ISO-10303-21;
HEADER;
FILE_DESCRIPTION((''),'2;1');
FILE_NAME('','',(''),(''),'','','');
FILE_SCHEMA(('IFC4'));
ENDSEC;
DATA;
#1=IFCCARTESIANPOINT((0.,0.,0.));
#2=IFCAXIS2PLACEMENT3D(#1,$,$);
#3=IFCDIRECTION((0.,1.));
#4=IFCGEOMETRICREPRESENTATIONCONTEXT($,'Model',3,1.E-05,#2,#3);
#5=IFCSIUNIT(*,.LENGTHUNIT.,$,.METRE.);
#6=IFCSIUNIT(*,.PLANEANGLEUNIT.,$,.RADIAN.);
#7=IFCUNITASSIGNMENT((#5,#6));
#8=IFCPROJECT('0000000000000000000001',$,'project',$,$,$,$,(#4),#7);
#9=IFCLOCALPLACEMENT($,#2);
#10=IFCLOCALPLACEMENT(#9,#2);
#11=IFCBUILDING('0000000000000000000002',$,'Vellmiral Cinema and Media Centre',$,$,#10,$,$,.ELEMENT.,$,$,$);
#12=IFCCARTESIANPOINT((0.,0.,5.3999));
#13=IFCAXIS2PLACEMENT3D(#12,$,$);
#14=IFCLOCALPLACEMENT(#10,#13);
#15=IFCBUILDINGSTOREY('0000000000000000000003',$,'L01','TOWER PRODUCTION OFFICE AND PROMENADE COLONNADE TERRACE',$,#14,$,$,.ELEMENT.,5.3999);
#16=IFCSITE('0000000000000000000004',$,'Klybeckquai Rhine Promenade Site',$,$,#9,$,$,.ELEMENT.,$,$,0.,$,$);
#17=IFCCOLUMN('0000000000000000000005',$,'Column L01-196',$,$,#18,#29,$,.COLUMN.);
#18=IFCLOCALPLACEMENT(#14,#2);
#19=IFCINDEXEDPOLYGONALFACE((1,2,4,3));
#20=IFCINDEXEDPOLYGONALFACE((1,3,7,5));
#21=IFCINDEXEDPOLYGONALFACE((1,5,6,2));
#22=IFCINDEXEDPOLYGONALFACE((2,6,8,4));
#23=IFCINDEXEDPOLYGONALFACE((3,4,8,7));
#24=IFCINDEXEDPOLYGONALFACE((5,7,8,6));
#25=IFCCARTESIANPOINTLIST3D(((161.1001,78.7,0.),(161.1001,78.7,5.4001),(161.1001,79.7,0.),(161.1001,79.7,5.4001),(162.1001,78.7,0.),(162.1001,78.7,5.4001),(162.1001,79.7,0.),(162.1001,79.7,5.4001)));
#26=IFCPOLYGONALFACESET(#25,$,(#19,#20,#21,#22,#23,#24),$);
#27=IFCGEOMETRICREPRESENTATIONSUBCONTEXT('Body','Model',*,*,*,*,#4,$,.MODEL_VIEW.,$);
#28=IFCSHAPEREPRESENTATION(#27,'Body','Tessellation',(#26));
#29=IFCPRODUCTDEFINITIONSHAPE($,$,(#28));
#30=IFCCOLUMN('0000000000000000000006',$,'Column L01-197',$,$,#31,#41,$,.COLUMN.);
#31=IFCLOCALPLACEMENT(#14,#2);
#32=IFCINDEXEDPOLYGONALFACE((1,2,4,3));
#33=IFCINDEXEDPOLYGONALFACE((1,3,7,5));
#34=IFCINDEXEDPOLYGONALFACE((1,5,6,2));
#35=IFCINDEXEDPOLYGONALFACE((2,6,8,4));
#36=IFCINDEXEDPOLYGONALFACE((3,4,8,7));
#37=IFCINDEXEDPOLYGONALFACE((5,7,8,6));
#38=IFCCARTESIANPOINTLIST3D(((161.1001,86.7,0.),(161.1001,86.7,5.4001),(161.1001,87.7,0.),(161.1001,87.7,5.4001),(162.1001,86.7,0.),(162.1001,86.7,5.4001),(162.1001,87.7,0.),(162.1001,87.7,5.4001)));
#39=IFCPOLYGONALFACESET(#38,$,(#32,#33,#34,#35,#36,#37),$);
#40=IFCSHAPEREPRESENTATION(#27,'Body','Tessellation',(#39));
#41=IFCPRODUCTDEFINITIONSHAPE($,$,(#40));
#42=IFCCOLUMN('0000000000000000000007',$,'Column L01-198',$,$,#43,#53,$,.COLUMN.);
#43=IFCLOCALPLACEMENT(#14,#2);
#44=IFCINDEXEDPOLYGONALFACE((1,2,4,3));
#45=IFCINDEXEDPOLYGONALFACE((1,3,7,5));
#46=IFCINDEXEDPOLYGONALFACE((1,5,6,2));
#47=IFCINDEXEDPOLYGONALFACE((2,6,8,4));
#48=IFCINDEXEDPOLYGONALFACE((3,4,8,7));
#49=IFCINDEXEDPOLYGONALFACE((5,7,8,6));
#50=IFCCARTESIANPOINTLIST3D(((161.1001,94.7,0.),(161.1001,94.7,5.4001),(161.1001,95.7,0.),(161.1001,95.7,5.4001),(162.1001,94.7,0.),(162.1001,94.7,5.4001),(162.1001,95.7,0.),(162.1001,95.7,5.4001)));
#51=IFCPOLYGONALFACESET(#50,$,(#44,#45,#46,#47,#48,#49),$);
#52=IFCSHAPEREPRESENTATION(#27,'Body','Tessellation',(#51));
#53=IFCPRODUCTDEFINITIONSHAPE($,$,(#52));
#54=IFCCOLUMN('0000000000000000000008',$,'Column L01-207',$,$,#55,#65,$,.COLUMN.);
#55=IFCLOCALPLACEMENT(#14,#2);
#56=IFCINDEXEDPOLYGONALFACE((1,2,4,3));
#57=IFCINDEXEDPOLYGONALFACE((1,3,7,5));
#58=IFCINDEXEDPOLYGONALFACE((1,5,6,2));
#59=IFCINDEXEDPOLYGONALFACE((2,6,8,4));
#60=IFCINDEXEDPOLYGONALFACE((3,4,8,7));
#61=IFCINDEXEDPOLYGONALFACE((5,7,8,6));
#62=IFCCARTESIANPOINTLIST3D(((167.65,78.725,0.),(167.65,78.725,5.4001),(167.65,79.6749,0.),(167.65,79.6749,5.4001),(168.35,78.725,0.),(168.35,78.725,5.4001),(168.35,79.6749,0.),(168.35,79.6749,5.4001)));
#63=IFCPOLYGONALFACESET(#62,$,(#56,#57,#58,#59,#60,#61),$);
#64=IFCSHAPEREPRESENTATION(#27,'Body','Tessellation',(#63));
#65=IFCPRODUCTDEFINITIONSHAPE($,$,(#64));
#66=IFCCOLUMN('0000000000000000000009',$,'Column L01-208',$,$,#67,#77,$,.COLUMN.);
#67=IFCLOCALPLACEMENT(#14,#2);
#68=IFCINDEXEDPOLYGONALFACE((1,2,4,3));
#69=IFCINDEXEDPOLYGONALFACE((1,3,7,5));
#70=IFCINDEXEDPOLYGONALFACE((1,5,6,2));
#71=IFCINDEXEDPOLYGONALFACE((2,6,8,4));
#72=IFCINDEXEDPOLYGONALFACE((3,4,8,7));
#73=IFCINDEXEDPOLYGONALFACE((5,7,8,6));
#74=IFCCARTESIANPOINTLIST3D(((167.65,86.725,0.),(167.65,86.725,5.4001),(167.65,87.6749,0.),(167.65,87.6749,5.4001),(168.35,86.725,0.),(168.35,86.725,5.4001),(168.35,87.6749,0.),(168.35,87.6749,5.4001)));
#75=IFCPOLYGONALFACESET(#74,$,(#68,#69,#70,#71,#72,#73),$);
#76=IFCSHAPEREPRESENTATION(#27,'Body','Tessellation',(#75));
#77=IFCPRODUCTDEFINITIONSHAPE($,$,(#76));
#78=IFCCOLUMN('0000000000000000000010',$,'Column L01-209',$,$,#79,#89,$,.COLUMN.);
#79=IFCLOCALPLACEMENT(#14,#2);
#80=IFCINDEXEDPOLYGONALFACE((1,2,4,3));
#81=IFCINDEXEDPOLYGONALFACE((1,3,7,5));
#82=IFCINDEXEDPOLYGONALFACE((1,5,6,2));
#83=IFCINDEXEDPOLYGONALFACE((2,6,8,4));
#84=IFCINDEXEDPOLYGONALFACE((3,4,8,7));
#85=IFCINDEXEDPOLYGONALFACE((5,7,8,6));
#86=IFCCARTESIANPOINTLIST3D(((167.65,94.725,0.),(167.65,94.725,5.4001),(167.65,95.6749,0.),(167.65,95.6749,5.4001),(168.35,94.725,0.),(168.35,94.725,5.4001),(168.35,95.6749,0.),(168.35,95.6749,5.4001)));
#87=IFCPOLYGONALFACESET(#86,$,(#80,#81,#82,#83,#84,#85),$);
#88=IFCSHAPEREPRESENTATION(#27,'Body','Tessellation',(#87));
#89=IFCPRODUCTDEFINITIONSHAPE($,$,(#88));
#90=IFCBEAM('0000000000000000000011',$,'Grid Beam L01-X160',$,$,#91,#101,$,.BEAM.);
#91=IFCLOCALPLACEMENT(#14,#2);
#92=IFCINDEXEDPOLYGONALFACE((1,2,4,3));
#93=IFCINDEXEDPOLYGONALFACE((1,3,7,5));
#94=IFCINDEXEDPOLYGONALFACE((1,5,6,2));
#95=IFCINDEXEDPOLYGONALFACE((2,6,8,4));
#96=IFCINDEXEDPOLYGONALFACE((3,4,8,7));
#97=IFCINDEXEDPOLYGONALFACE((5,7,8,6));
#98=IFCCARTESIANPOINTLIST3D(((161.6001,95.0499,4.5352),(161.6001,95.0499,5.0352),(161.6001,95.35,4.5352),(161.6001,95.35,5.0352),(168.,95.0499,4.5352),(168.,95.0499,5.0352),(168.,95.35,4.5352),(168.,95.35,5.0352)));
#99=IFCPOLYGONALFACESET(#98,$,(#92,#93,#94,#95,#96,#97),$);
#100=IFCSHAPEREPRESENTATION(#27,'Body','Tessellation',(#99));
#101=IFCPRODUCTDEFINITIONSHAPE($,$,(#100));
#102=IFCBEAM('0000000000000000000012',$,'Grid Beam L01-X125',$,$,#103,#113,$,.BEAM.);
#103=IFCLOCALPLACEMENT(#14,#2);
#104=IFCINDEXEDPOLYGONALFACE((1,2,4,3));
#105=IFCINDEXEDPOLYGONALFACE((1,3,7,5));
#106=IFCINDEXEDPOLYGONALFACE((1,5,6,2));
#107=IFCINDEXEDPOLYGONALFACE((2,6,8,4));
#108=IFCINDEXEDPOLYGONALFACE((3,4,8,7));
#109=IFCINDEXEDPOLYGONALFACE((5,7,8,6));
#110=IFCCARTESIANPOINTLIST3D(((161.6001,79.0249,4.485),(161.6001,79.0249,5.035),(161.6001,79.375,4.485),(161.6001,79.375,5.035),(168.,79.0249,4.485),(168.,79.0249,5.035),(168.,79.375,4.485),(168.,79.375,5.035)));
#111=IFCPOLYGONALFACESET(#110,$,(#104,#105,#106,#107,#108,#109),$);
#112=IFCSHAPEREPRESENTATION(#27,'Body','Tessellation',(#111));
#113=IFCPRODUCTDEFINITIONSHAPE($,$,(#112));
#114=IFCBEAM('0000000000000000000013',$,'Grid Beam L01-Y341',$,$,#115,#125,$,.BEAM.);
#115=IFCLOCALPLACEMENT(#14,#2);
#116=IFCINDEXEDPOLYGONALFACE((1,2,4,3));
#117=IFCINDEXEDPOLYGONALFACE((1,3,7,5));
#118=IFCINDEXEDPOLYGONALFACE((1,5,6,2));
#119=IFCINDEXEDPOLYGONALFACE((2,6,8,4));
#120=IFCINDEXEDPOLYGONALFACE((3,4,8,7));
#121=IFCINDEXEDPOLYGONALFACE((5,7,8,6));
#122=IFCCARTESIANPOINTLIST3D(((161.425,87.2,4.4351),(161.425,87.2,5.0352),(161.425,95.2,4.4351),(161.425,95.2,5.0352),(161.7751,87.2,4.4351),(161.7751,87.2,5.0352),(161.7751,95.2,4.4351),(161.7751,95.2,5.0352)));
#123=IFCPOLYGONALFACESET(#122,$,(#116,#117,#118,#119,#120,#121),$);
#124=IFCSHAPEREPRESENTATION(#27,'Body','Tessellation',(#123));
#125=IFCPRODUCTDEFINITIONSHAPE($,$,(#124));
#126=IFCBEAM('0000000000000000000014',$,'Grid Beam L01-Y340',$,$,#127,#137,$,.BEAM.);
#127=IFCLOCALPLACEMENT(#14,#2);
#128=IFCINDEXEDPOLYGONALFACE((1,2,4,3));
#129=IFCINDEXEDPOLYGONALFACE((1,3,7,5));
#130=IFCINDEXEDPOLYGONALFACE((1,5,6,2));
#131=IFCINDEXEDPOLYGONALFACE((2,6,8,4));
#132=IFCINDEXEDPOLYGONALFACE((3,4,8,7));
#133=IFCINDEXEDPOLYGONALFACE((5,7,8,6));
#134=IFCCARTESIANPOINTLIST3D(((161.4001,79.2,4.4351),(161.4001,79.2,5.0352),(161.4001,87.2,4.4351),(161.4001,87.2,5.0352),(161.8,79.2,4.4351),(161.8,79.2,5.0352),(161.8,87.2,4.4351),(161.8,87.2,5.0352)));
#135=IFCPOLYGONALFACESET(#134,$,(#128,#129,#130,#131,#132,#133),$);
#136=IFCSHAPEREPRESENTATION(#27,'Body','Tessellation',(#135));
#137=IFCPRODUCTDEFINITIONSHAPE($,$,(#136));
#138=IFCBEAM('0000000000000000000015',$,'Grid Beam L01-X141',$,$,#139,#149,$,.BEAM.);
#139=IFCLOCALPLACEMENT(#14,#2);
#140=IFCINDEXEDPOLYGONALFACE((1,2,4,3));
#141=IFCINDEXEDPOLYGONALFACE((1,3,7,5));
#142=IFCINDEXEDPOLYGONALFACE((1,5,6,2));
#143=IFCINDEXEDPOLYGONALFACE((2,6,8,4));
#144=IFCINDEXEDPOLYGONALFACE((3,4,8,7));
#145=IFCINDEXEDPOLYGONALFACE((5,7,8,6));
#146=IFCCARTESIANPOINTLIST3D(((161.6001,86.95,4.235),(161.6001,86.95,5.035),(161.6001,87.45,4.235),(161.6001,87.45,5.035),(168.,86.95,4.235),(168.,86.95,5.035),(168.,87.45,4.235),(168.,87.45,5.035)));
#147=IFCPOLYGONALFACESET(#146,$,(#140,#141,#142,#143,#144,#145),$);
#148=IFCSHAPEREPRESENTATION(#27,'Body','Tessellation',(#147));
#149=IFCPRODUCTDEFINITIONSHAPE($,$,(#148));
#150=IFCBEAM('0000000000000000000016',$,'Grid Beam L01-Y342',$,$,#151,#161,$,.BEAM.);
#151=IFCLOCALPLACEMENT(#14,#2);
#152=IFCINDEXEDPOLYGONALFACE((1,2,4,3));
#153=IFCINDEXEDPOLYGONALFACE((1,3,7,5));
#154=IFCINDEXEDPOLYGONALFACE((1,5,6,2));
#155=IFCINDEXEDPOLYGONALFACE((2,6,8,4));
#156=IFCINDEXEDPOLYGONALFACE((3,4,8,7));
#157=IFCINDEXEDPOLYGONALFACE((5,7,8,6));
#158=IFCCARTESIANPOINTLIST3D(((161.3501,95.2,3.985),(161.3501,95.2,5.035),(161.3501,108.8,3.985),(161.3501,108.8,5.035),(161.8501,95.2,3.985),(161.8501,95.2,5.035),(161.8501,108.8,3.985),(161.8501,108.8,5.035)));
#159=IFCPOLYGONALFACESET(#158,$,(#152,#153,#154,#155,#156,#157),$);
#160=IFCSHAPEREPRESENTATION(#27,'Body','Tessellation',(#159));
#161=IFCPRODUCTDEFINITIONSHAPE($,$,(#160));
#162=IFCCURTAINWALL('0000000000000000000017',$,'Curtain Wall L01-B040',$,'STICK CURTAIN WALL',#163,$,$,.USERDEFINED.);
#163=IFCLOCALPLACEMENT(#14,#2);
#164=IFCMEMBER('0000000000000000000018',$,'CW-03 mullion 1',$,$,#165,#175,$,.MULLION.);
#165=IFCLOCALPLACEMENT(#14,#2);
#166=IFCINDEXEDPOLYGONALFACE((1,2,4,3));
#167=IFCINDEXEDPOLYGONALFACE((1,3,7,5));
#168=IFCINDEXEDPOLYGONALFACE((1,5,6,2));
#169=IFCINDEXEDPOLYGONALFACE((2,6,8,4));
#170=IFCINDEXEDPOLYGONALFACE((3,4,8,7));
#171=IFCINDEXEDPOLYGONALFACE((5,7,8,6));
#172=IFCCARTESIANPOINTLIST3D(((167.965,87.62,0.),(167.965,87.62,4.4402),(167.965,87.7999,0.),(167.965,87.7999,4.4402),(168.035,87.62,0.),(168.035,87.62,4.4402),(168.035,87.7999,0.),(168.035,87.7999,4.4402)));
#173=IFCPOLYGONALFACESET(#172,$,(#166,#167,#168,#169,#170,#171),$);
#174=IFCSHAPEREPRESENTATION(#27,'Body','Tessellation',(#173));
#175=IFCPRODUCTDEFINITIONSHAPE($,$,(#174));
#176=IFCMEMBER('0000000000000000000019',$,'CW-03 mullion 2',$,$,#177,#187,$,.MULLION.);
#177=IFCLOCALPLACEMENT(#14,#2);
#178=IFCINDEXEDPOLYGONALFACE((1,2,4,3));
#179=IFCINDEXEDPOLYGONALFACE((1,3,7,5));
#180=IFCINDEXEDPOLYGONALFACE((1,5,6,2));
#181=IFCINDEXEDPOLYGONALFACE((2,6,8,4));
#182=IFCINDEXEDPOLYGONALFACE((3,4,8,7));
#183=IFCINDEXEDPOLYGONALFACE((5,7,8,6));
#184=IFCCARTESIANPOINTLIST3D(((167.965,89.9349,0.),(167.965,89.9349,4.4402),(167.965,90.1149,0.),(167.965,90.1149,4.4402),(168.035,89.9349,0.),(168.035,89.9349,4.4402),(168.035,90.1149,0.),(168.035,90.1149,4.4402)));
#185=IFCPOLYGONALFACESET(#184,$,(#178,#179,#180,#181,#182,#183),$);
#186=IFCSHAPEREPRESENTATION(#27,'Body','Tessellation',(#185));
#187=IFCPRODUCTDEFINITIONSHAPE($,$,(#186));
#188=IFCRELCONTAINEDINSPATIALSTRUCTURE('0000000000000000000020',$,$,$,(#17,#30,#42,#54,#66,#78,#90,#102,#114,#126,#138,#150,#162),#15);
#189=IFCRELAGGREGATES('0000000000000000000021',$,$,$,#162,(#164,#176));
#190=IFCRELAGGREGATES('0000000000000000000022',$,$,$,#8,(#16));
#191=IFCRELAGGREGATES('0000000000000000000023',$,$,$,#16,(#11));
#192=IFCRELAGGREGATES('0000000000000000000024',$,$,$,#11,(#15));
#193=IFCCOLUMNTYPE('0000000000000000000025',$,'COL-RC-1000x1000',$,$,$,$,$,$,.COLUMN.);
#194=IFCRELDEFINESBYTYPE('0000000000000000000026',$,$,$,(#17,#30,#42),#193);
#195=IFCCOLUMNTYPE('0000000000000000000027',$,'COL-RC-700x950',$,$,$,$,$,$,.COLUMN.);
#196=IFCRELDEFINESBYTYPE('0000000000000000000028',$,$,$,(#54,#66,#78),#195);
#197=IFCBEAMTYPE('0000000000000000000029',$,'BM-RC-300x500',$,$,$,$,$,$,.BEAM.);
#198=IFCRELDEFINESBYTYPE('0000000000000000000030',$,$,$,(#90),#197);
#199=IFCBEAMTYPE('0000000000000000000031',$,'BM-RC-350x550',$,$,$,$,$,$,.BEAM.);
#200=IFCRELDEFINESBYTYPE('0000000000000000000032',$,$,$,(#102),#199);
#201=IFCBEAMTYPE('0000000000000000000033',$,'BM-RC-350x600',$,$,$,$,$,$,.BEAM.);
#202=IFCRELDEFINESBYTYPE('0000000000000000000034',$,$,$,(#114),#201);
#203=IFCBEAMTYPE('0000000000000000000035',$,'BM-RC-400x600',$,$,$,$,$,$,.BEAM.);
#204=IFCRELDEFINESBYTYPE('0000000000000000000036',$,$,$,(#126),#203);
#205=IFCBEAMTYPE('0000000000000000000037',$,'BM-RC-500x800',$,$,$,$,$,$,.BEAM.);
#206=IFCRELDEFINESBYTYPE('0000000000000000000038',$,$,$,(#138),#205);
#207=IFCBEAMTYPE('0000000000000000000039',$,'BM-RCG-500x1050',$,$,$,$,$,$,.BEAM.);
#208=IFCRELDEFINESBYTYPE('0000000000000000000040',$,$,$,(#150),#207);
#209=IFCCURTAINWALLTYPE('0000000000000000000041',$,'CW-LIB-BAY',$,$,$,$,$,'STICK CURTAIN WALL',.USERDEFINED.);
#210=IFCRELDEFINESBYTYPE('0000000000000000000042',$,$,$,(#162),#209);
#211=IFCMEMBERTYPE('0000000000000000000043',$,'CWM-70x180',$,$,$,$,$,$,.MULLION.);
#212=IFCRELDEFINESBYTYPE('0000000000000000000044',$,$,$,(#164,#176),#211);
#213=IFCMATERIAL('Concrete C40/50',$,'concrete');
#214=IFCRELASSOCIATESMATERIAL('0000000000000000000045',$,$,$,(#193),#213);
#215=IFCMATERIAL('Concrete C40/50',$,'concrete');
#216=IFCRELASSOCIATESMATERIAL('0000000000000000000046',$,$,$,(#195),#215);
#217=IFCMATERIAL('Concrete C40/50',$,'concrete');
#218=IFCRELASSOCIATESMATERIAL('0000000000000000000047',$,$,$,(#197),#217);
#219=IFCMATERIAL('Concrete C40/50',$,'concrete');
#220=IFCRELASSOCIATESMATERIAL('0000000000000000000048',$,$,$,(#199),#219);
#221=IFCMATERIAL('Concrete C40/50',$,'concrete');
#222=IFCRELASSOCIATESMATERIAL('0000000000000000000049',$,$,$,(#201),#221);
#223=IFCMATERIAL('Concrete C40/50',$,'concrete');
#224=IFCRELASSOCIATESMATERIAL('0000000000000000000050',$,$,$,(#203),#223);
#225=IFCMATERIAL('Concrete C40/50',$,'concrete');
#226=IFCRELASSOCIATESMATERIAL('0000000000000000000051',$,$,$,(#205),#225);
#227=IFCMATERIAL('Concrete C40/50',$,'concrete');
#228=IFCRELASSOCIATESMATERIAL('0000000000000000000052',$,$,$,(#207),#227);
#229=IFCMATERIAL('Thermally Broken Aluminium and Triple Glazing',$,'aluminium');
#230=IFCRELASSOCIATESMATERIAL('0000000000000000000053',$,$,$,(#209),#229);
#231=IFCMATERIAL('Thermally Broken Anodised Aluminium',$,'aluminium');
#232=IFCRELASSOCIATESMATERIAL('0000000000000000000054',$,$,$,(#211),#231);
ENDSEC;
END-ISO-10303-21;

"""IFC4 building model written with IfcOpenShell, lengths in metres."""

from ifc_helpers import new_model, si_unit, direction, frame, origin, origin_2d, place, context, subcontext, project, spatial, rectangle, extrude, material, material_profile, profile_set, type_object, element, aggregate, save


model = new_model("IFC4")

# Units and contexts
model_context = context("Model", 3, precision=1e-05, world=origin(), true_north=direction((0.0, 1.0)))
body_context = subcontext(model_context, "Body", "Model", "MODEL_VIEW")
ifc_project = project(units=[si_unit("LENGTHUNIT", "METRE"), si_unit("PLANEANGLEUNIT", "RADIAN")], contexts=[model_context])

# Site, building, storey
site_placement = place(None, origin())
site = spatial("IfcSite", under=ifc_project, at=site_placement, Name="Klybeckquai Rhine Promenade Site", CompositionType="ELEMENT", RefElevation=0.0)
building_placement = place(site_placement, origin())
building = spatial("IfcBuilding", under=site, at=building_placement, Name="Vellmiral Cinema and Media Centre", CompositionType="ELEMENT")
storey_placement = place(building_placement, frame((0.0, 0.0, 5.3999)))
storey = spatial("IfcBuildingStorey", under=building, at=storey_placement, Name="L01", Description="TOWER PRODUCTION OFFICE AND PROMENADE COLONNADE TERRACE", CompositionType="ELEMENT", Elevation=5.3999)

# Columns
ifc_material_1 = material(Name="Concrete C40/50", Category="concrete")
ifc_material_profile_1 = material_profile(ifc_material_1, rectangle(XDim=1.0, YDim=1.0, at=origin_2d()), Name="RC 1000x1000")
ifc_profile_set_1 = profile_set([ifc_material_profile_1], Name="Concrete C40/50")
column_type_1 = type_object("IfcColumnType", Name="COL-RC-1000x1000", PredefinedType="COLUMN", material=ifc_profile_set_1)
for number, where, z_axis, x_axis, name in (
    (1, (161.6001, 79.2, 0.0), (0.0, 0.0, 1.0), (1.0, 0.0, 0.0), "Column L01-196"),
    (2, (161.6001, 87.2, 0.0), (0.0, 0.0, 1.0), (1.0, 0.0, 0.0), "Column L01-197"),
    (3, (161.6001, 95.2, 0.0), (0.0, 0.0, 1.0), (1.0, 0.0, 0.0), "Column L01-198"),
):
    element("IfcColumn", number, at=place(storey_placement, frame(where, z_axis=z_axis, x_axis=x_axis)), inside=storey, type_object=column_type_1, Name=name, PredefinedType="COLUMN", context=body_context, shape_type="SweptSolid", body=[
        extrude(rectangle(XDim=1.0, YDim=1.0, at=origin_2d()), origin(), (0.0, 0.0, 1.0), 5.4001),
    ])
ifc_material_2 = material(Name="Concrete C40/50", Category="concrete")
ifc_material_profile_2 = material_profile(ifc_material_2, rectangle(XDim=0.7, YDim=0.95, at=origin_2d()), Name="RC 700x950")
ifc_profile_set_2 = profile_set([ifc_material_profile_2], Name="Concrete C40/50")
column_type_2 = type_object("IfcColumnType", Name="COL-RC-700x950", PredefinedType="COLUMN", material=ifc_profile_set_2)
for number, where, z_axis, x_axis, name in (
    (4, (168.0, 79.2, 0.0), (0.0, 0.0, 1.0), (1.0, 0.0, 0.0), "Column L01-207"),
    (5, (168.0, 87.2, 0.0), (0.0, 0.0, 1.0), (1.0, 0.0, 0.0), "Column L01-208"),
    (6, (168.0, 95.2, 0.0), (0.0, 0.0, 1.0), (1.0, 0.0, 0.0), "Column L01-209"),
):
    element("IfcColumn", number, at=place(storey_placement, frame(where, z_axis=z_axis, x_axis=x_axis)), inside=storey, type_object=column_type_2, Name=name, PredefinedType="COLUMN", context=body_context, shape_type="SweptSolid", body=[
        extrude(rectangle(XDim=0.7, YDim=0.95, at=origin_2d()), origin(), (0.0, 0.0, 1.0), 5.4001),
    ])

# Beams
ifc_material_3 = material(Name="Concrete C40/50", Category="concrete")
ifc_material_profile_3 = material_profile(ifc_material_3, rectangle(XDim=0.3, YDim=0.5, at=origin_2d()), Name="RC 300x500")
ifc_profile_set_3 = profile_set([ifc_material_profile_3], Name="Concrete C40/50")
beam_type_1 = type_object("IfcBeamType", Name="BM-RC-300x500", PredefinedType="BEAM", material=ifc_profile_set_3)
beam_1_placement = place(storey_placement, frame((161.6001, 95.2, 4.7852), z_axis=(1.0, 0.0, 0.0), x_axis=(0.0, 1.0, 0.0)))
element("IfcBeam", 7, at=beam_1_placement, inside=storey, type_object=beam_type_1, Name="Grid Beam L01-X160", PredefinedType="BEAM", context=body_context, shape_type="SweptSolid", body=[
    extrude(rectangle(XDim=0.3, YDim=0.5, at=origin_2d()), origin(), (0.0, 0.0, 1.0), 6.3999),
])
ifc_material_4 = material(Name="Concrete C40/50", Category="concrete")
ifc_material_profile_4 = material_profile(ifc_material_4, rectangle(XDim=0.3501, YDim=0.55, at=origin_2d()), Name="RC 350x550")
ifc_profile_set_4 = profile_set([ifc_material_profile_4], Name="Concrete C40/50")
beam_type_2 = type_object("IfcBeamType", Name="BM-RC-350x550", PredefinedType="BEAM", material=ifc_profile_set_4)
beam_2_placement = place(storey_placement, frame((161.6001, 79.2, 4.76), z_axis=(1.0, 0.0, 0.0), x_axis=(0.0, 1.0, 0.0)))
element("IfcBeam", 8, at=beam_2_placement, inside=storey, type_object=beam_type_2, Name="Grid Beam L01-X125", PredefinedType="BEAM", context=body_context, shape_type="SweptSolid", body=[
    extrude(rectangle(XDim=0.3501, YDim=0.55, at=origin_2d()), origin(), (0.0, 0.0, 1.0), 6.3999),
])
ifc_material_5 = material(Name="Concrete C40/50", Category="concrete")
ifc_material_profile_5 = material_profile(ifc_material_5, rectangle(XDim=0.3501, YDim=0.6001, at=origin_2d()), Name="RC 350x600")
ifc_profile_set_5 = profile_set([ifc_material_profile_5], Name="Concrete C40/50")
beam_type_3 = type_object("IfcBeamType", Name="BM-RC-350x600", PredefinedType="BEAM", material=ifc_profile_set_5)
beam_3_placement = place(storey_placement, frame((161.6001, 87.2, 4.7351), z_axis=(0.0, 1.0, 0.0), x_axis=(-1.0, 0.0, 0.0)))
element("IfcBeam", 9, at=beam_3_placement, inside=storey, type_object=beam_type_3, Name="Grid Beam L01-Y341", PredefinedType="BEAM", context=body_context, shape_type="SweptSolid", body=[
    extrude(rectangle(XDim=0.3501, YDim=0.6001, at=origin_2d()), origin(), (0.0, 0.0, 1.0), 8.0),
])
ifc_material_6 = material(Name="Concrete C40/50", Category="concrete")
ifc_material_profile_6 = material_profile(ifc_material_6, rectangle(XDim=0.3999, YDim=0.6001, at=origin_2d()), Name="RC 400x600")
ifc_profile_set_6 = profile_set([ifc_material_profile_6], Name="Concrete C40/50")
beam_type_4 = type_object("IfcBeamType", Name="BM-RC-400x600", PredefinedType="BEAM", material=ifc_profile_set_6)
beam_4_placement = place(storey_placement, frame((161.6001, 79.2, 4.7351), z_axis=(0.0, 1.0, 0.0), x_axis=(-1.0, 0.0, 0.0)))
element("IfcBeam", 10, at=beam_4_placement, inside=storey, type_object=beam_type_4, Name="Grid Beam L01-Y340", PredefinedType="BEAM", context=body_context, shape_type="SweptSolid", body=[
    extrude(rectangle(XDim=0.3999, YDim=0.6001, at=origin_2d()), origin(), (0.0, 0.0, 1.0), 8.0),
])
ifc_material_7 = material(Name="Concrete C40/50", Category="concrete")
ifc_material_profile_7 = material_profile(ifc_material_7, rectangle(XDim=0.5, YDim=0.8, at=origin_2d()), Name="RC 500x800")
ifc_profile_set_7 = profile_set([ifc_material_profile_7], Name="Concrete C40/50")
beam_type_5 = type_object("IfcBeamType", Name="BM-RC-500x800", PredefinedType="BEAM", material=ifc_profile_set_7)
beam_5_placement = place(storey_placement, frame((161.6001, 87.2, 4.635), z_axis=(1.0, 0.0, 0.0), x_axis=(0.0, 1.0, 0.0)))
element("IfcBeam", 11, at=beam_5_placement, inside=storey, type_object=beam_type_5, Name="Grid Beam L01-X141", PredefinedType="BEAM", context=body_context, shape_type="SweptSolid", body=[
    extrude(rectangle(XDim=0.5, YDim=0.8, at=origin_2d()), origin(), (0.0, 0.0, 1.0), 6.3999),
])
ifc_material_8 = material(Name="Concrete C40/50", Category="concrete")
ifc_material_profile_8 = material_profile(ifc_material_8, rectangle(XDim=0.5, YDim=1.05, at=origin_2d()), Name="RC 500x1050")
ifc_profile_set_8 = profile_set([ifc_material_profile_8], Name="Concrete C40/50")
beam_type_6 = type_object("IfcBeamType", Name="BM-RCG-500x1050", PredefinedType="BEAM", material=ifc_profile_set_8)
beam_6_placement = place(storey_placement, frame((161.6001, 95.2, 4.51), z_axis=(0.0, 1.0, 0.0), x_axis=(-1.0, 0.0, 0.0)))
element("IfcBeam", 12, at=beam_6_placement, inside=storey, type_object=beam_type_6, Name="Grid Beam L01-Y342", PredefinedType="BEAM", context=body_context, shape_type="SweptSolid", body=[
    extrude(rectangle(XDim=0.5, YDim=1.05, at=origin_2d()), origin(), (0.0, 0.0, 1.0), 13.6001),
])

# Curtain wall, members
ifc_material_9 = material(Name="Thermally Broken Aluminium and Triple Glazing", Category="aluminium")
curtain_wall_type = type_object("IfcCurtainWallType", Name="CW-LIB-BAY", ElementType="STICK CURTAIN WALL", PredefinedType="USERDEFINED", material=ifc_material_9)
curtain_wall_placement = place(storey_placement, origin())
curtain_wall = element("IfcCurtainWall", 13, at=curtain_wall_placement, inside=storey, type_object=curtain_wall_type, Name="Curtain Wall L01-B040", ObjectType="STICK CURTAIN WALL", PredefinedType="USERDEFINED")
ifc_material_10 = material(Name="Thermally Broken Anodised Aluminium", Category="aluminium")
ifc_material_profile_9 = material_profile(ifc_material_10, rectangle(XDim=0.0701, YDim=0.1799, at=origin_2d()), Name="MULL 70x180")
ifc_profile_set_9 = profile_set([ifc_material_profile_9], Name="Thermally Broken Anodised Aluminium")
member_type_1 = type_object("IfcMemberType", Name="CWM-70x180", PredefinedType="MULLION", material=ifc_profile_set_9)
member_1_placement = place(storey_placement, frame((168.0, 87.71, 0.0), z_axis=(0.0, 0.0, 1.0), x_axis=(-1.0, 0.0, 0.0)))
member_1 = element("IfcMember", 14, at=member_1_placement, type_object=member_type_1, Name="CW-03 mullion 1", PredefinedType="MULLION", context=body_context, shape_type="SweptSolid", body=[
    extrude(rectangle(XDim=0.0701, YDim=0.1799, at=origin_2d()), origin(), (0.0, 0.0, 1.0), 4.4402),
])
member_2_placement = place(storey_placement, frame((168.0, 90.0249, 0.0), z_axis=(0.0, 0.0, 1.0), x_axis=(-1.0, 0.0, 0.0)))
member_2 = element("IfcMember", 15, at=member_2_placement, type_object=member_type_1, Name="CW-03 mullion 2", PredefinedType="MULLION", context=body_context, shape_type="SweptSolid", body=[
    extrude(rectangle(XDim=0.0701, YDim=0.1799, at=origin_2d()), origin(), (0.0, 0.0, 1.0), 4.4402),
])

aggregate(curtain_wall, [member_1, member_2])

save(model, "model.ifc")
